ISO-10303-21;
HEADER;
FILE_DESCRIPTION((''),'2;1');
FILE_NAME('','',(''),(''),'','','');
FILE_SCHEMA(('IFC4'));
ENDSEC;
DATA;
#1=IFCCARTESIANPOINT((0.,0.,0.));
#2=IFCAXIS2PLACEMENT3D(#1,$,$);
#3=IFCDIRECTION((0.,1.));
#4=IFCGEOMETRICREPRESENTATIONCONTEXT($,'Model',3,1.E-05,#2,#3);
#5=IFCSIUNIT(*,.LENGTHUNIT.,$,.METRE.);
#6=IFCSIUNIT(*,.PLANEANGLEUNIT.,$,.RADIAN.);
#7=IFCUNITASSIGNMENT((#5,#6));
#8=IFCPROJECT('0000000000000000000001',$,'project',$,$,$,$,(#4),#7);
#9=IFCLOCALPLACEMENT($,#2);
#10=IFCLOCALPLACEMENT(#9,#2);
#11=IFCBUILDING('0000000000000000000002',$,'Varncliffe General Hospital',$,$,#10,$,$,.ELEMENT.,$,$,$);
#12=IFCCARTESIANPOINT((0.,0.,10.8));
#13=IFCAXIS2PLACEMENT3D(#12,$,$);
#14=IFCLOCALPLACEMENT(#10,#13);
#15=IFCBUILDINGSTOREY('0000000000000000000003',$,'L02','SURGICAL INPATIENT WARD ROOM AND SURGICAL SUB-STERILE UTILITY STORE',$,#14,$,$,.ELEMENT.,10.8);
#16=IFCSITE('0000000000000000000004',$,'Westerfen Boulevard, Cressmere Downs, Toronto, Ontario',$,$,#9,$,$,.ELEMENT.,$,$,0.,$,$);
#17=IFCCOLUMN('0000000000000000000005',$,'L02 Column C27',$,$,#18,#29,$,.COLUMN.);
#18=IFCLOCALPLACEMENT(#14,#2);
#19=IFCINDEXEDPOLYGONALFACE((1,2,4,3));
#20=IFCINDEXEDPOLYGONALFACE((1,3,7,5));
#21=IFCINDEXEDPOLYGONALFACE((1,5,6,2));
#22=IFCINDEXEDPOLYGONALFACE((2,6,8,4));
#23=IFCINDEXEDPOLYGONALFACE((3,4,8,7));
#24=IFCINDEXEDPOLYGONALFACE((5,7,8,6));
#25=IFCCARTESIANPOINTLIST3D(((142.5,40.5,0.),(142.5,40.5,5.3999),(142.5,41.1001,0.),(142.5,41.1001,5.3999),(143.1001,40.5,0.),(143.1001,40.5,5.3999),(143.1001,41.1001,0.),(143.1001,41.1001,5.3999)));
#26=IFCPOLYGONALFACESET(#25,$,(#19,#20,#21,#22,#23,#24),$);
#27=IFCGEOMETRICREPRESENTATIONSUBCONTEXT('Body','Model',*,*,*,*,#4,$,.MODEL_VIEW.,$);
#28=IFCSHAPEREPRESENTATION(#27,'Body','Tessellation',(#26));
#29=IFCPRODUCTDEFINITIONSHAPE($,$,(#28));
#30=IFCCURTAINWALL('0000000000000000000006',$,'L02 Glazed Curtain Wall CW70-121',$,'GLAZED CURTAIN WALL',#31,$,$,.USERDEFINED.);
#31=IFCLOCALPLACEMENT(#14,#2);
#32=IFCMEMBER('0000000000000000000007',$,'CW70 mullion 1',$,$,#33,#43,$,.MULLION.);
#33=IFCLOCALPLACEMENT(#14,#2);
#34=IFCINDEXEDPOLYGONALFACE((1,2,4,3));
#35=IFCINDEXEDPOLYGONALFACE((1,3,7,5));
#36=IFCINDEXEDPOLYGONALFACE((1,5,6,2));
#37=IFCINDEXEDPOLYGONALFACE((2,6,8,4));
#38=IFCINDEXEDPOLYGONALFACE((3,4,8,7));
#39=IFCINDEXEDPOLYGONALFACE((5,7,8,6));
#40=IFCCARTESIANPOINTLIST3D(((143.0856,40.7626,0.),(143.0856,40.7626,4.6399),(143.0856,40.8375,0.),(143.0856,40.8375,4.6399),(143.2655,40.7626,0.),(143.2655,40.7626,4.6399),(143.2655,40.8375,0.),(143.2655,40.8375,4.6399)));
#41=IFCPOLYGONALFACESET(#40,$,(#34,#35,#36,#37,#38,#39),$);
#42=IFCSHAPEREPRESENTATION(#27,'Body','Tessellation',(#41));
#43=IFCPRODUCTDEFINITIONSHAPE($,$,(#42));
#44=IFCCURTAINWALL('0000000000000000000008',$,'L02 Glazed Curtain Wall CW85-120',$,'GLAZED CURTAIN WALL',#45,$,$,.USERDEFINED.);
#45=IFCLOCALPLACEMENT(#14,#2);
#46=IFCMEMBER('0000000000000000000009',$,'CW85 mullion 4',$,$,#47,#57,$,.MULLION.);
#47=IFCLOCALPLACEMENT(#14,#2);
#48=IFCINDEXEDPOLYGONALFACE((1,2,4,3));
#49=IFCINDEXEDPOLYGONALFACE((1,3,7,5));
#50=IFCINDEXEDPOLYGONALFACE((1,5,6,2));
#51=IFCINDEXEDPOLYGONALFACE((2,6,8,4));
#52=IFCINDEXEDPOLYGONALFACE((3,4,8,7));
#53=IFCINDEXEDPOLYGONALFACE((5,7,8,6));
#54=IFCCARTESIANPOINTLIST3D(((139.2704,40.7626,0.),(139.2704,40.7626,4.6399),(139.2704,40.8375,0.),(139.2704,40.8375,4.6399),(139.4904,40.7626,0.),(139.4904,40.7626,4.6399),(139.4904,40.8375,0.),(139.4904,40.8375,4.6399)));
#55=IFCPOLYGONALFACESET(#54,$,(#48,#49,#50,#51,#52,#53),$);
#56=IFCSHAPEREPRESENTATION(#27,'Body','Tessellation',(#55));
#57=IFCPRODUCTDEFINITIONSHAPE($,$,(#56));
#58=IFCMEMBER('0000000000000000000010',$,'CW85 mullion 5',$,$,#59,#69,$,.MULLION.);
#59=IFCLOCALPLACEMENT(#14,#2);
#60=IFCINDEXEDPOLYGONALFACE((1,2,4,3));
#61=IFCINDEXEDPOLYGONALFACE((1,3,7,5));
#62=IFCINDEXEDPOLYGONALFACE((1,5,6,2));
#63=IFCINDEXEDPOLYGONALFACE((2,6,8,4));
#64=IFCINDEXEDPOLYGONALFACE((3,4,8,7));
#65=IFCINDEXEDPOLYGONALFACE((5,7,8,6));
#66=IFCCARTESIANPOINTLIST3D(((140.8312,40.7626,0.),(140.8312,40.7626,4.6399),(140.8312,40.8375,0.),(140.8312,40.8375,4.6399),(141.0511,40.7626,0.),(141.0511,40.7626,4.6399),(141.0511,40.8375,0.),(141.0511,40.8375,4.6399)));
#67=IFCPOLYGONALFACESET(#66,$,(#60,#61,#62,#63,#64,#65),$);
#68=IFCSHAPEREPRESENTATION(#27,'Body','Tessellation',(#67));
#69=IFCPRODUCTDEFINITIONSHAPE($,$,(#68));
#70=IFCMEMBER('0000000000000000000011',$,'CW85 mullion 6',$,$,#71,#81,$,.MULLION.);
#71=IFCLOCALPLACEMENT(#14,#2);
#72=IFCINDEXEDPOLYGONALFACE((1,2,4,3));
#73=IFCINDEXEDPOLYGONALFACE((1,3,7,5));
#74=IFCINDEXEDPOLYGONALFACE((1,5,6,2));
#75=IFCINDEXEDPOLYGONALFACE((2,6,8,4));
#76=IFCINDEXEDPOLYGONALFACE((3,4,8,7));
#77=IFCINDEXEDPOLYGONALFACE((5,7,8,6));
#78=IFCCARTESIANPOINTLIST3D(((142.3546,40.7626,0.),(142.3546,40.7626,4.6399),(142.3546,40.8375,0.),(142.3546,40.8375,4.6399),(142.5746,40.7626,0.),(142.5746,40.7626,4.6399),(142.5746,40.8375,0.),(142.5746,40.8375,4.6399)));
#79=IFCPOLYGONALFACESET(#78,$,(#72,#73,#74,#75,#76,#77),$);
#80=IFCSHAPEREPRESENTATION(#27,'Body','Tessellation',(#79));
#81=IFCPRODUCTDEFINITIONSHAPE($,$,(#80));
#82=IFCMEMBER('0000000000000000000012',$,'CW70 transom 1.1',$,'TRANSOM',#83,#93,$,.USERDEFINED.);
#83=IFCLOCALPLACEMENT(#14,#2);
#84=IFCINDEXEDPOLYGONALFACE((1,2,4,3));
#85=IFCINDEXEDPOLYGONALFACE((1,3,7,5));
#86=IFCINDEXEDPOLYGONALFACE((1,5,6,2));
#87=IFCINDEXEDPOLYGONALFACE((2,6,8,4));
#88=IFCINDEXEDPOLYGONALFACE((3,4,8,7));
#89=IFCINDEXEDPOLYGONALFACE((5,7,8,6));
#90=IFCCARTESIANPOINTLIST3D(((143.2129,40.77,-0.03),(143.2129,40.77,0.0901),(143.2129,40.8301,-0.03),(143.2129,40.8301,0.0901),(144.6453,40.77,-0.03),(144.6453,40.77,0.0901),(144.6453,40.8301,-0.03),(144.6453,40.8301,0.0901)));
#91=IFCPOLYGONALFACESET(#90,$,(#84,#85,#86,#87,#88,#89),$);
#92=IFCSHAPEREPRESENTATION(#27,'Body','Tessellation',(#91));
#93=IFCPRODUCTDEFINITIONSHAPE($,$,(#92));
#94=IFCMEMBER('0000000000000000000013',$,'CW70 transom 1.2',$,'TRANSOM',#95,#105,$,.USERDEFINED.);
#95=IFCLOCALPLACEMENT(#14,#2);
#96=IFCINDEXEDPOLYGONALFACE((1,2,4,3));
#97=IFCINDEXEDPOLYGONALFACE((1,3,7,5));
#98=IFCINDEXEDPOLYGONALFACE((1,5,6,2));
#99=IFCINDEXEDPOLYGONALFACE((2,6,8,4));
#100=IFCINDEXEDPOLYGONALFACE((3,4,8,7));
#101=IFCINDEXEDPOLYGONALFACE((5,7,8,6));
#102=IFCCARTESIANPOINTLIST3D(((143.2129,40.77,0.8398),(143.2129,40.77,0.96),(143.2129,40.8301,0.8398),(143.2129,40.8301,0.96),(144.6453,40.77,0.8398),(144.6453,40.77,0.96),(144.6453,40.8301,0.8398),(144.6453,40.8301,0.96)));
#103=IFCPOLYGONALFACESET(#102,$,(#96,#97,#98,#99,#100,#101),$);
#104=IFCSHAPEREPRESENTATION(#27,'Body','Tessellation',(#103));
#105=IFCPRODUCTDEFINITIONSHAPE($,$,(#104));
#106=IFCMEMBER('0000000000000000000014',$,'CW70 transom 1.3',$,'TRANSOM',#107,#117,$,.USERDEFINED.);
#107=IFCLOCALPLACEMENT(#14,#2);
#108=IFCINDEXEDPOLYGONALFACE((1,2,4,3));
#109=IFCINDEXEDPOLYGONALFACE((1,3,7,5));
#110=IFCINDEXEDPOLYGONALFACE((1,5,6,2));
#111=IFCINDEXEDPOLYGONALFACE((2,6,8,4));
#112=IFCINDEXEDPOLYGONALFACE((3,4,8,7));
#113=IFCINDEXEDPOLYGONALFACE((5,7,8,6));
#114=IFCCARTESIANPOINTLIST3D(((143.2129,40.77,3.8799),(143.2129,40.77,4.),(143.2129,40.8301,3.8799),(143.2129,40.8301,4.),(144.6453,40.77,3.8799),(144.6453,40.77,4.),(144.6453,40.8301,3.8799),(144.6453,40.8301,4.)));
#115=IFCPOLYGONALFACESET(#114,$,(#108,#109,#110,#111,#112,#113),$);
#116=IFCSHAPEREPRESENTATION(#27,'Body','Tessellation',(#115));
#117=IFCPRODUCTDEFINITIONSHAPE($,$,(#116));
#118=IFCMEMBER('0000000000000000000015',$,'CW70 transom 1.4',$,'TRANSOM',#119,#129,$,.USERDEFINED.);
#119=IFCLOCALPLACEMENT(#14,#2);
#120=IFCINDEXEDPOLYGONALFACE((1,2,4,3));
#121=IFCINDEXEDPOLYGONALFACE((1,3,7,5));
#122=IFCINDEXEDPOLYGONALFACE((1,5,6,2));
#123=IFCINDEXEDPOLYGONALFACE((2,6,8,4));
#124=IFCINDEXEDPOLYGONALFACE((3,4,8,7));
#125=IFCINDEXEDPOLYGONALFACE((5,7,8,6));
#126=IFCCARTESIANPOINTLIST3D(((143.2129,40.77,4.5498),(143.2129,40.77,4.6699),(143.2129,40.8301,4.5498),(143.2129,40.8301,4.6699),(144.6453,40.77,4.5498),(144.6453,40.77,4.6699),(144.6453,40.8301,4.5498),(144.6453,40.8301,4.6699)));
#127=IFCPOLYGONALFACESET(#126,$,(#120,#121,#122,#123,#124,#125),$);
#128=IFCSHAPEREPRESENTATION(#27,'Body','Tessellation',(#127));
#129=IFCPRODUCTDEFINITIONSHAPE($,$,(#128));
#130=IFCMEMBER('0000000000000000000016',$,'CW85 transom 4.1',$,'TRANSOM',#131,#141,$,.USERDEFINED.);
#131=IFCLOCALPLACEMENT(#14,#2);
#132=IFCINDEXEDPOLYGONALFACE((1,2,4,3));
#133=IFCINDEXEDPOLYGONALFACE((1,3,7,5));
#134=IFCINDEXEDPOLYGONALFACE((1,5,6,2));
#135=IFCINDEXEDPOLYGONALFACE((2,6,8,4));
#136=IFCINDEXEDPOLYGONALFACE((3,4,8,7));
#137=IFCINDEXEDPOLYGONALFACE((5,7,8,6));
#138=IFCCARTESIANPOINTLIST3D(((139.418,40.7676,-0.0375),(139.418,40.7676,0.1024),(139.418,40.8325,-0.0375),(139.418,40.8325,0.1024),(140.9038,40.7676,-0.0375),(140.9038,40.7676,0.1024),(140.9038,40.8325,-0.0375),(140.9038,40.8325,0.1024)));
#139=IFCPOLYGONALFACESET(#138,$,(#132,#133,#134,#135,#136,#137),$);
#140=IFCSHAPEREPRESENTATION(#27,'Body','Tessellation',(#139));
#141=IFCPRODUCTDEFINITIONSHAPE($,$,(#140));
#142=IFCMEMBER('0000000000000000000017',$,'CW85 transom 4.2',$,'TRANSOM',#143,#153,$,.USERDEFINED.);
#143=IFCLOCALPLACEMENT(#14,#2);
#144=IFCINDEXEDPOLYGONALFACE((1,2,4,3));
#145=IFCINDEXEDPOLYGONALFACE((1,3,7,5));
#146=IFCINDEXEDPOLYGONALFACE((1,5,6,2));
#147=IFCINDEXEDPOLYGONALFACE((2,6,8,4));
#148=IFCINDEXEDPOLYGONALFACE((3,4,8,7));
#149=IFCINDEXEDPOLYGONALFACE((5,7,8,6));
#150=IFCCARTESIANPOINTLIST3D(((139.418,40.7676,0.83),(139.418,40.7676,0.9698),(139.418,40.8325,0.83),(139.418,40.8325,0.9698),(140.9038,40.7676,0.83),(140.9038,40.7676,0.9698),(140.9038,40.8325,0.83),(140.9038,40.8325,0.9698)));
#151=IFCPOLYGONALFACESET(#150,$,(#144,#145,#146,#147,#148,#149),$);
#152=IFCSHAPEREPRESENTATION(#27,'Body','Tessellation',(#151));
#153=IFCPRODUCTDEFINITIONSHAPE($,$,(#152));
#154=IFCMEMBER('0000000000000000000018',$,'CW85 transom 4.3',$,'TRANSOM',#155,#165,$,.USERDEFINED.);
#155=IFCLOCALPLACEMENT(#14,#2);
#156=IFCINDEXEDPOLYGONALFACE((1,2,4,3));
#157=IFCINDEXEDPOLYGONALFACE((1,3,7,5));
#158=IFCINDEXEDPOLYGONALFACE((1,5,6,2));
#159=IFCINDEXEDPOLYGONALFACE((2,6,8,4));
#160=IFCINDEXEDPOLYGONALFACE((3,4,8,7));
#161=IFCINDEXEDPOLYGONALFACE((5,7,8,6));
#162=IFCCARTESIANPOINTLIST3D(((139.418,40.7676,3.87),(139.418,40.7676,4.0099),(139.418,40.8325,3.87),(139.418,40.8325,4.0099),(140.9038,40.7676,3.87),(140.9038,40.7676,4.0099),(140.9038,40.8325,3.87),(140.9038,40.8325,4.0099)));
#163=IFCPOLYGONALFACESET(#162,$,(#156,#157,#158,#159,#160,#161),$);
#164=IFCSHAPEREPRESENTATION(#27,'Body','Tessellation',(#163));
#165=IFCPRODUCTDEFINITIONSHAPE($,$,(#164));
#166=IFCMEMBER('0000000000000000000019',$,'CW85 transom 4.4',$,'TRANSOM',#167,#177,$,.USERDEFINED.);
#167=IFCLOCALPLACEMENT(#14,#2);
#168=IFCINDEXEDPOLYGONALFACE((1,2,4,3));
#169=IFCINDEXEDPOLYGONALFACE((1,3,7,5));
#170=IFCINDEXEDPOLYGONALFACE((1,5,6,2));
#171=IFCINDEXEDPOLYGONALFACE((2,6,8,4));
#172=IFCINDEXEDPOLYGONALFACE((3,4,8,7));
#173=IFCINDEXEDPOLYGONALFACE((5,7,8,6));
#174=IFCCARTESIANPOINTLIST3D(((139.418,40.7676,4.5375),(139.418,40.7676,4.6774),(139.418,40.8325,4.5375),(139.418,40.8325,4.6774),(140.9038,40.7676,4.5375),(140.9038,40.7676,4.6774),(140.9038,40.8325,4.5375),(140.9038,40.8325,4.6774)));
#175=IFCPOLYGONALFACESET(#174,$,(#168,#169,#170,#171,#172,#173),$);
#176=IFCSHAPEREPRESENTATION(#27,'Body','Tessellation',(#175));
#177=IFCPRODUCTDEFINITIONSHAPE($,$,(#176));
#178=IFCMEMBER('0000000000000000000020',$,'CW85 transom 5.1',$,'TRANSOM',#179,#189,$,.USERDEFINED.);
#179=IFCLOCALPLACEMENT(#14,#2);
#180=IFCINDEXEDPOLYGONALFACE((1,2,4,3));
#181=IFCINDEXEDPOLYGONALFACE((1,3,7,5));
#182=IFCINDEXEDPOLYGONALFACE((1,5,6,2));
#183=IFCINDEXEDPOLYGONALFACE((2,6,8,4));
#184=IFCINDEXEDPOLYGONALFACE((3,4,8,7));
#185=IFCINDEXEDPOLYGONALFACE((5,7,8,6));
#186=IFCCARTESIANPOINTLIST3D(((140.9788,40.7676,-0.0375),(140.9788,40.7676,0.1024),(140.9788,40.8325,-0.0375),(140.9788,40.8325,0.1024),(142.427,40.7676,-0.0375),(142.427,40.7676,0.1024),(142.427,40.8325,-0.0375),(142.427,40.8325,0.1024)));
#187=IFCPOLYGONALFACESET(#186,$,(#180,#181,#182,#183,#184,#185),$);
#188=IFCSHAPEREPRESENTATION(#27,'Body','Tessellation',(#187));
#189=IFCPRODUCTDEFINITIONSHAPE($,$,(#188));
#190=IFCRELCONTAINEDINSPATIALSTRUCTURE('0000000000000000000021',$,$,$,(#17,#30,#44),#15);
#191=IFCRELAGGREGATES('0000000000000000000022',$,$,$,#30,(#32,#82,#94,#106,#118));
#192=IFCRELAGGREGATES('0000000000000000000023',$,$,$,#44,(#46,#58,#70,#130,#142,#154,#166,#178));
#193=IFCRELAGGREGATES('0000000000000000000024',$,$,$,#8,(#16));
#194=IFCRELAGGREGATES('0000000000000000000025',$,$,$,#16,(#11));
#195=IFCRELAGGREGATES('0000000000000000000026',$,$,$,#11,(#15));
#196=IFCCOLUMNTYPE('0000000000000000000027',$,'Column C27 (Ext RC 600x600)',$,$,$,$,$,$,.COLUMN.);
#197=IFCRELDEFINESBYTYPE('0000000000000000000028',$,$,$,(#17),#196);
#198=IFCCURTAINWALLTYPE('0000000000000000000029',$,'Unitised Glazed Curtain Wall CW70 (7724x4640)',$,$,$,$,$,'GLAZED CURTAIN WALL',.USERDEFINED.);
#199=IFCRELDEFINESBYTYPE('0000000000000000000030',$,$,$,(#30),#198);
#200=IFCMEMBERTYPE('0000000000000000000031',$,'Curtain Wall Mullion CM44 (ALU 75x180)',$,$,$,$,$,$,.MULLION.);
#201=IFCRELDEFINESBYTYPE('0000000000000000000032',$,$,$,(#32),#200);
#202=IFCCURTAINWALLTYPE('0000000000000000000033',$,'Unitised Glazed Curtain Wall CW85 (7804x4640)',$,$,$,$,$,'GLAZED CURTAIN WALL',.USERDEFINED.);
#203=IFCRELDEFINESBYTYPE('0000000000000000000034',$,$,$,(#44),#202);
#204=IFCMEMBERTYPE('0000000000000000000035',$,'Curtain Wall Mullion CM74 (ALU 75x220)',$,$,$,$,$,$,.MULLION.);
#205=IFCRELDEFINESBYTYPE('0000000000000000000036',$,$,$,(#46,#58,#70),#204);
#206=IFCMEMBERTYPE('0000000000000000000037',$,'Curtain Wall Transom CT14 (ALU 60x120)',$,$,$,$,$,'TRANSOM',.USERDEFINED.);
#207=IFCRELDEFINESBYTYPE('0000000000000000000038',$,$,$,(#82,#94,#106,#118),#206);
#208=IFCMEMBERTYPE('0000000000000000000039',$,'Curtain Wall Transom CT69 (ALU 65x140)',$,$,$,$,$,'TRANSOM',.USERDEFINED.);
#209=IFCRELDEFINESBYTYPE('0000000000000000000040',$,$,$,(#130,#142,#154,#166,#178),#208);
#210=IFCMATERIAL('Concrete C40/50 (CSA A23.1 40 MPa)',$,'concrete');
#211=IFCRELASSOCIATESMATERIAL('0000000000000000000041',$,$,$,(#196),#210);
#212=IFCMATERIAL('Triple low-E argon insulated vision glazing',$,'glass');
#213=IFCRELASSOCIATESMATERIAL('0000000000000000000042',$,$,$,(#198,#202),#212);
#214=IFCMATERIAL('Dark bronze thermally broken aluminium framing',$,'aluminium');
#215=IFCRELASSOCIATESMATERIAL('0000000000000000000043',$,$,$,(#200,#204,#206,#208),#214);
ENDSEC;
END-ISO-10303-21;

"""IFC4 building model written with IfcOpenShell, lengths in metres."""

from ifc_helpers import new_model, si_unit, direction, frame, origin, origin_2d, place, context, subcontext, project, spatial, rectangle, extrude, material, material_profile, profile_set, type_object, element, aggregate, save


model = new_model("IFC4")

# Units and contexts
model_context = context("Model", 3, precision=1e-05, world=origin(), true_north=direction((0.0, 1.0)))
body_context = subcontext(model_context, "Body", "Model", "MODEL_VIEW")
ifc_project = project(units=[si_unit("LENGTHUNIT", "METRE"), si_unit("PLANEANGLEUNIT", "RADIAN")], contexts=[model_context])

# Site, building, storey
site_placement = place(None, origin())
site = spatial("IfcSite", under=ifc_project, at=site_placement, Name="Westerfen Boulevard, Cressmere Downs, Toronto, Ontario", CompositionType="ELEMENT", RefElevation=0.0)
building_placement = place(site_placement, origin())
building = spatial("IfcBuilding", under=site, at=building_placement, Name="Varncliffe General Hospital", CompositionType="ELEMENT")
storey_placement = place(building_placement, frame((0.0, 0.0, 10.8)))
storey = spatial("IfcBuildingStorey", under=building, at=storey_placement, Name="L02", Description="SURGICAL INPATIENT WARD ROOM AND SURGICAL SUB-STERILE UTILITY STORE", CompositionType="ELEMENT", Elevation=10.8)

# Column
ifc_material_1 = material(Name="Concrete C40/50 (CSA A23.1 40 MPa)", Category="concrete")
ifc_material_profile_1 = material_profile(ifc_material_1, rectangle(XDim=0.6001, YDim=0.6001, at=origin_2d()), Name="RC 600x600")
ifc_profile_set_1 = profile_set([ifc_material_profile_1], Name="Concrete C40/50 (CSA A23.1 40 MPa)")
column_type = type_object("IfcColumnType", Name="Column C27 (Ext RC 600x600)", PredefinedType="COLUMN", material=ifc_profile_set_1)
column_placement = place(storey_placement, frame((142.8, 40.8, 0.0), z_axis=(0.0, 0.0, 1.0), x_axis=(1.0, 0.0, 0.0)))
element("IfcColumn", 1, at=column_placement, inside=storey, type_object=column_type, Name="L02 Column C27", PredefinedType="COLUMN", context=body_context, shape_type="SweptSolid", body=[
    extrude(rectangle(XDim=0.6001, YDim=0.6001, at=origin_2d()), origin(), (0.0, 0.0, 1.0), 5.3999),
])

# Curtain wall, member
ifc_material_2 = material(Name="Triple low-E argon insulated vision glazing", Category="glass")
curtain_wall_type_1 = type_object("IfcCurtainWallType", Name="Unitised Glazed Curtain Wall CW70 (7724x4640)", ElementType="GLAZED CURTAIN WALL", PredefinedType="USERDEFINED", material=ifc_material_2)
curtain_wall_1_placement = place(storey_placement, origin())
curtain_wall_1 = element("IfcCurtainWall", 2, at=curtain_wall_1_placement, inside=storey, type_object=curtain_wall_type_1, Name="L02 Glazed Curtain Wall CW70-121", ObjectType="GLAZED CURTAIN WALL", PredefinedType="USERDEFINED")
ifc_material_3 = material(Name="Dark bronze thermally broken aluminium framing", Category="aluminium")
ifc_material_profile_2 = material_profile(ifc_material_3, rectangle(XDim=0.075, YDim=0.1799, at=origin_2d()), Name="ALU 75x180")
ifc_profile_set_2 = profile_set([ifc_material_profile_2], Name="Dark bronze thermally broken aluminium framing")
member_type_1 = type_object("IfcMemberType", Name="Curtain Wall Mullion CM44 (ALU 75x180)", PredefinedType="MULLION", material=ifc_profile_set_2)
member_1_placement = place(storey_placement, frame((143.1755, 40.8, 0.0), z_axis=(0.0, 0.0, 1.0), x_axis=(0.0, 1.0, 0.0)))
member_1 = element("IfcMember", 3, at=member_1_placement, type_object=member_type_1, Name="CW70 mullion 1", PredefinedType="MULLION", context=body_context, shape_type="SweptSolid", body=[
    extrude(rectangle(XDim=0.075, YDim=0.1799, at=origin_2d()), origin(), (0.0, 0.0, 1.0), 4.6399),
])

# Curtain wall, members
curtain_wall_type_2 = type_object("IfcCurtainWallType", Name="Unitised Glazed Curtain Wall CW85 (7804x4640)", ElementType="GLAZED CURTAIN WALL", PredefinedType="USERDEFINED", material=ifc_material_2)
curtain_wall_2_placement = place(storey_placement, origin())
curtain_wall_2 = element("IfcCurtainWall", 4, at=curtain_wall_2_placement, inside=storey, type_object=curtain_wall_type_2, Name="L02 Glazed Curtain Wall CW85-120", ObjectType="GLAZED CURTAIN WALL", PredefinedType="USERDEFINED")
ifc_material_profile_3 = material_profile(ifc_material_3, rectangle(XDim=0.075, YDim=0.22, at=origin_2d()), Name="ALU 75x220")
ifc_profile_set_3 = profile_set([ifc_material_profile_3], Name="Dark bronze thermally broken aluminium framing")
member_type_2 = type_object("IfcMemberType", Name="Curtain Wall Mullion CM74 (ALU 75x220)", PredefinedType="MULLION", material=ifc_profile_set_3)
member_2_placement = place(storey_placement, frame((139.3804, 40.8, 0.0), z_axis=(0.0, 0.0, 1.0), x_axis=(0.0, 1.0, 0.0)))
member_2 = element("IfcMember", 5, at=member_2_placement, type_object=member_type_2, Name="CW85 mullion 4", PredefinedType="MULLION", context=body_context, shape_type="SweptSolid", body=[
    extrude(rectangle(XDim=0.075, YDim=0.22, at=origin_2d()), origin(), (0.0, 0.0, 1.0), 4.6399),
])
member_3_placement = place(storey_placement, frame((140.9412, 40.8, 0.0), z_axis=(0.0, 0.0, 1.0), x_axis=(0.0, 1.0, 0.0)))
member_3 = element("IfcMember", 6, at=member_3_placement, type_object=member_type_2, Name="CW85 mullion 5", PredefinedType="MULLION", context=body_context, shape_type="SweptSolid", body=[
    extrude(rectangle(XDim=0.075, YDim=0.22, at=origin_2d()), origin(), (0.0, 0.0, 1.0), 4.6399),
])
member_4_placement = place(storey_placement, frame((142.4646, 40.8, 0.0), z_axis=(0.0, 0.0, 1.0), x_axis=(0.0, 1.0, 0.0)))
member_4 = element("IfcMember", 7, at=member_4_placement, type_object=member_type_2, Name="CW85 mullion 6", PredefinedType="MULLION", context=body_context, shape_type="SweptSolid", body=[
    extrude(rectangle(XDim=0.075, YDim=0.22, at=origin_2d()), origin(), (0.0, 0.0, 1.0), 4.6399),
])

# Members
ifc_material_profile_4 = material_profile(ifc_material_3, rectangle(XDim=0.0601, YDim=0.1201, at=origin_2d()), Name="ALU 60x120")
ifc_profile_set_4 = profile_set([ifc_material_profile_4], Name="Dark bronze thermally broken aluminium framing")
member_type_3 = type_object("IfcMemberType", Name="Curtain Wall Transom CT14 (ALU 60x120)", ElementType="TRANSOM", PredefinedType="USERDEFINED", material=ifc_profile_set_4)
member_5_placement = place(storey_placement, frame((143.2129, 40.8, 0.03), z_axis=(1.0, 0.0, 0.0), x_axis=(0.0, 1.0, 0.0)))
member_5 = element("IfcMember", 8, at=member_5_placement, type_object=member_type_3, Name="CW70 transom 1.1", ObjectType="TRANSOM", PredefinedType="USERDEFINED", context=body_context, shape_type="SweptSolid", body=[
    extrude(rectangle(XDim=0.0601, YDim=0.1201, at=origin_2d()), origin(), (0.0, 0.0, 1.0), 1.4324),
])
member_6_placement = place(storey_placement, frame((143.2129, 40.8, 0.8999), z_axis=(1.0, 0.0, 0.0), x_axis=(0.0, 1.0, 0.0)))
member_6 = element("IfcMember", 9, at=member_6_placement, type_object=member_type_3, Name="CW70 transom 1.2", ObjectType="TRANSOM", PredefinedType="USERDEFINED", context=body_context, shape_type="SweptSolid", body=[
    extrude(rectangle(XDim=0.0601, YDim=0.1201, at=origin_2d()), origin(), (0.0, 0.0, 1.0), 1.4324),
])
member_7_placement = place(storey_placement, frame((143.2129, 40.8, 3.9399), z_axis=(1.0, 0.0, 0.0), x_axis=(0.0, 1.0, 0.0)))
member_7 = element("IfcMember", 10, at=member_7_placement, type_object=member_type_3, Name="CW70 transom 1.3", ObjectType="TRANSOM", PredefinedType="USERDEFINED", context=body_context, shape_type="SweptSolid", body=[
    extrude(rectangle(XDim=0.0601, YDim=0.1201, at=origin_2d()), origin(), (0.0, 0.0, 1.0), 1.4324),
])
member_8_placement = place(storey_placement, frame((143.2129, 40.8, 4.6099), z_axis=(1.0, 0.0, 0.0), x_axis=(0.0, 1.0, 0.0)))
member_8 = element("IfcMember", 11, at=member_8_placement, type_object=member_type_3, Name="CW70 transom 1.4", ObjectType="TRANSOM", PredefinedType="USERDEFINED", context=body_context, shape_type="SweptSolid", body=[
    extrude(rectangle(XDim=0.0601, YDim=0.1201, at=origin_2d()), origin(), (0.0, 0.0, 1.0), 1.4324),
])
ifc_material_profile_5 = material_profile(ifc_material_3, rectangle(XDim=0.0649, YDim=0.1399, at=origin_2d()), Name="ALU 65x140")
ifc_profile_set_5 = profile_set([ifc_material_profile_5], Name="Dark bronze thermally broken aluminium framing")
member_type_4 = type_object("IfcMemberType", Name="Curtain Wall Transom CT69 (ALU 65x140)", ElementType="TRANSOM", PredefinedType="USERDEFINED", material=ifc_profile_set_5)
member_9_placement = place(storey_placement, frame((139.418, 40.8, 0.0325), z_axis=(1.0, 0.0, 0.0), x_axis=(0.0, 1.0, 0.0)))
member_9 = element("IfcMember", 12, at=member_9_placement, type_object=member_type_4, Name="CW85 transom 4.1", ObjectType="TRANSOM", PredefinedType="USERDEFINED", context=body_context, shape_type="SweptSolid", body=[
    extrude(rectangle(XDim=0.0649, YDim=0.1399, at=origin_2d()), origin(), (0.0, 0.0, 1.0), 1.4858),
])
member_10_placement = place(storey_placement, frame((139.418, 40.8, 0.8999), z_axis=(1.0, 0.0, 0.0), x_axis=(0.0, 1.0, 0.0)))
member_10 = element("IfcMember", 13, at=member_10_placement, type_object=member_type_4, Name="CW85 transom 4.2", ObjectType="TRANSOM", PredefinedType="USERDEFINED", context=body_context, shape_type="SweptSolid", body=[
    extrude(rectangle(XDim=0.0649, YDim=0.1399, at=origin_2d()), origin(), (0.0, 0.0, 1.0), 1.4858),
])
member_11_placement = place(storey_placement, frame((139.418, 40.8, 3.9399), z_axis=(1.0, 0.0, 0.0), x_axis=(0.0, 1.0, 0.0)))
member_11 = element("IfcMember", 14, at=member_11_placement, type_object=member_type_4, Name="CW85 transom 4.3", ObjectType="TRANSOM", PredefinedType="USERDEFINED", context=body_context, shape_type="SweptSolid", body=[
    extrude(rectangle(XDim=0.0649, YDim=0.1399, at=origin_2d()), origin(), (0.0, 0.0, 1.0), 1.4858),
])
member_12_placement = place(storey_placement, frame((139.418, 40.8, 4.6074), z_axis=(1.0, 0.0, 0.0), x_axis=(0.0, 1.0, 0.0)))
member_12 = element("IfcMember", 15, at=member_12_placement, type_object=member_type_4, Name="CW85 transom 4.4", ObjectType="TRANSOM", PredefinedType="USERDEFINED", context=body_context, shape_type="SweptSolid", body=[
    extrude(rectangle(XDim=0.0649, YDim=0.1399, at=origin_2d()), origin(), (0.0, 0.0, 1.0), 1.4858),
])
member_13_placement = place(storey_placement, frame((140.9788, 40.8, 0.0325), z_axis=(1.0, 0.0, 0.0), x_axis=(0.0, 1.0, 0.0)))
member_13 = element("IfcMember", 16, at=member_13_placement, type_object=member_type_4, Name="CW85 transom 5.1", ObjectType="TRANSOM", PredefinedType="USERDEFINED", context=body_context, shape_type="SweptSolid", body=[
    extrude(rectangle(XDim=0.0649, YDim=0.1399, at=origin_2d()), origin(), (0.0, 0.0, 1.0), 1.4482),
])

aggregate(curtain_wall_1, [member_1, member_5, member_6, member_7, member_8])
aggregate(curtain_wall_2, [member_2, member_3, member_4, member_9, member_10, member_11, member_12, member_13])

save(model, "model.ifc")
